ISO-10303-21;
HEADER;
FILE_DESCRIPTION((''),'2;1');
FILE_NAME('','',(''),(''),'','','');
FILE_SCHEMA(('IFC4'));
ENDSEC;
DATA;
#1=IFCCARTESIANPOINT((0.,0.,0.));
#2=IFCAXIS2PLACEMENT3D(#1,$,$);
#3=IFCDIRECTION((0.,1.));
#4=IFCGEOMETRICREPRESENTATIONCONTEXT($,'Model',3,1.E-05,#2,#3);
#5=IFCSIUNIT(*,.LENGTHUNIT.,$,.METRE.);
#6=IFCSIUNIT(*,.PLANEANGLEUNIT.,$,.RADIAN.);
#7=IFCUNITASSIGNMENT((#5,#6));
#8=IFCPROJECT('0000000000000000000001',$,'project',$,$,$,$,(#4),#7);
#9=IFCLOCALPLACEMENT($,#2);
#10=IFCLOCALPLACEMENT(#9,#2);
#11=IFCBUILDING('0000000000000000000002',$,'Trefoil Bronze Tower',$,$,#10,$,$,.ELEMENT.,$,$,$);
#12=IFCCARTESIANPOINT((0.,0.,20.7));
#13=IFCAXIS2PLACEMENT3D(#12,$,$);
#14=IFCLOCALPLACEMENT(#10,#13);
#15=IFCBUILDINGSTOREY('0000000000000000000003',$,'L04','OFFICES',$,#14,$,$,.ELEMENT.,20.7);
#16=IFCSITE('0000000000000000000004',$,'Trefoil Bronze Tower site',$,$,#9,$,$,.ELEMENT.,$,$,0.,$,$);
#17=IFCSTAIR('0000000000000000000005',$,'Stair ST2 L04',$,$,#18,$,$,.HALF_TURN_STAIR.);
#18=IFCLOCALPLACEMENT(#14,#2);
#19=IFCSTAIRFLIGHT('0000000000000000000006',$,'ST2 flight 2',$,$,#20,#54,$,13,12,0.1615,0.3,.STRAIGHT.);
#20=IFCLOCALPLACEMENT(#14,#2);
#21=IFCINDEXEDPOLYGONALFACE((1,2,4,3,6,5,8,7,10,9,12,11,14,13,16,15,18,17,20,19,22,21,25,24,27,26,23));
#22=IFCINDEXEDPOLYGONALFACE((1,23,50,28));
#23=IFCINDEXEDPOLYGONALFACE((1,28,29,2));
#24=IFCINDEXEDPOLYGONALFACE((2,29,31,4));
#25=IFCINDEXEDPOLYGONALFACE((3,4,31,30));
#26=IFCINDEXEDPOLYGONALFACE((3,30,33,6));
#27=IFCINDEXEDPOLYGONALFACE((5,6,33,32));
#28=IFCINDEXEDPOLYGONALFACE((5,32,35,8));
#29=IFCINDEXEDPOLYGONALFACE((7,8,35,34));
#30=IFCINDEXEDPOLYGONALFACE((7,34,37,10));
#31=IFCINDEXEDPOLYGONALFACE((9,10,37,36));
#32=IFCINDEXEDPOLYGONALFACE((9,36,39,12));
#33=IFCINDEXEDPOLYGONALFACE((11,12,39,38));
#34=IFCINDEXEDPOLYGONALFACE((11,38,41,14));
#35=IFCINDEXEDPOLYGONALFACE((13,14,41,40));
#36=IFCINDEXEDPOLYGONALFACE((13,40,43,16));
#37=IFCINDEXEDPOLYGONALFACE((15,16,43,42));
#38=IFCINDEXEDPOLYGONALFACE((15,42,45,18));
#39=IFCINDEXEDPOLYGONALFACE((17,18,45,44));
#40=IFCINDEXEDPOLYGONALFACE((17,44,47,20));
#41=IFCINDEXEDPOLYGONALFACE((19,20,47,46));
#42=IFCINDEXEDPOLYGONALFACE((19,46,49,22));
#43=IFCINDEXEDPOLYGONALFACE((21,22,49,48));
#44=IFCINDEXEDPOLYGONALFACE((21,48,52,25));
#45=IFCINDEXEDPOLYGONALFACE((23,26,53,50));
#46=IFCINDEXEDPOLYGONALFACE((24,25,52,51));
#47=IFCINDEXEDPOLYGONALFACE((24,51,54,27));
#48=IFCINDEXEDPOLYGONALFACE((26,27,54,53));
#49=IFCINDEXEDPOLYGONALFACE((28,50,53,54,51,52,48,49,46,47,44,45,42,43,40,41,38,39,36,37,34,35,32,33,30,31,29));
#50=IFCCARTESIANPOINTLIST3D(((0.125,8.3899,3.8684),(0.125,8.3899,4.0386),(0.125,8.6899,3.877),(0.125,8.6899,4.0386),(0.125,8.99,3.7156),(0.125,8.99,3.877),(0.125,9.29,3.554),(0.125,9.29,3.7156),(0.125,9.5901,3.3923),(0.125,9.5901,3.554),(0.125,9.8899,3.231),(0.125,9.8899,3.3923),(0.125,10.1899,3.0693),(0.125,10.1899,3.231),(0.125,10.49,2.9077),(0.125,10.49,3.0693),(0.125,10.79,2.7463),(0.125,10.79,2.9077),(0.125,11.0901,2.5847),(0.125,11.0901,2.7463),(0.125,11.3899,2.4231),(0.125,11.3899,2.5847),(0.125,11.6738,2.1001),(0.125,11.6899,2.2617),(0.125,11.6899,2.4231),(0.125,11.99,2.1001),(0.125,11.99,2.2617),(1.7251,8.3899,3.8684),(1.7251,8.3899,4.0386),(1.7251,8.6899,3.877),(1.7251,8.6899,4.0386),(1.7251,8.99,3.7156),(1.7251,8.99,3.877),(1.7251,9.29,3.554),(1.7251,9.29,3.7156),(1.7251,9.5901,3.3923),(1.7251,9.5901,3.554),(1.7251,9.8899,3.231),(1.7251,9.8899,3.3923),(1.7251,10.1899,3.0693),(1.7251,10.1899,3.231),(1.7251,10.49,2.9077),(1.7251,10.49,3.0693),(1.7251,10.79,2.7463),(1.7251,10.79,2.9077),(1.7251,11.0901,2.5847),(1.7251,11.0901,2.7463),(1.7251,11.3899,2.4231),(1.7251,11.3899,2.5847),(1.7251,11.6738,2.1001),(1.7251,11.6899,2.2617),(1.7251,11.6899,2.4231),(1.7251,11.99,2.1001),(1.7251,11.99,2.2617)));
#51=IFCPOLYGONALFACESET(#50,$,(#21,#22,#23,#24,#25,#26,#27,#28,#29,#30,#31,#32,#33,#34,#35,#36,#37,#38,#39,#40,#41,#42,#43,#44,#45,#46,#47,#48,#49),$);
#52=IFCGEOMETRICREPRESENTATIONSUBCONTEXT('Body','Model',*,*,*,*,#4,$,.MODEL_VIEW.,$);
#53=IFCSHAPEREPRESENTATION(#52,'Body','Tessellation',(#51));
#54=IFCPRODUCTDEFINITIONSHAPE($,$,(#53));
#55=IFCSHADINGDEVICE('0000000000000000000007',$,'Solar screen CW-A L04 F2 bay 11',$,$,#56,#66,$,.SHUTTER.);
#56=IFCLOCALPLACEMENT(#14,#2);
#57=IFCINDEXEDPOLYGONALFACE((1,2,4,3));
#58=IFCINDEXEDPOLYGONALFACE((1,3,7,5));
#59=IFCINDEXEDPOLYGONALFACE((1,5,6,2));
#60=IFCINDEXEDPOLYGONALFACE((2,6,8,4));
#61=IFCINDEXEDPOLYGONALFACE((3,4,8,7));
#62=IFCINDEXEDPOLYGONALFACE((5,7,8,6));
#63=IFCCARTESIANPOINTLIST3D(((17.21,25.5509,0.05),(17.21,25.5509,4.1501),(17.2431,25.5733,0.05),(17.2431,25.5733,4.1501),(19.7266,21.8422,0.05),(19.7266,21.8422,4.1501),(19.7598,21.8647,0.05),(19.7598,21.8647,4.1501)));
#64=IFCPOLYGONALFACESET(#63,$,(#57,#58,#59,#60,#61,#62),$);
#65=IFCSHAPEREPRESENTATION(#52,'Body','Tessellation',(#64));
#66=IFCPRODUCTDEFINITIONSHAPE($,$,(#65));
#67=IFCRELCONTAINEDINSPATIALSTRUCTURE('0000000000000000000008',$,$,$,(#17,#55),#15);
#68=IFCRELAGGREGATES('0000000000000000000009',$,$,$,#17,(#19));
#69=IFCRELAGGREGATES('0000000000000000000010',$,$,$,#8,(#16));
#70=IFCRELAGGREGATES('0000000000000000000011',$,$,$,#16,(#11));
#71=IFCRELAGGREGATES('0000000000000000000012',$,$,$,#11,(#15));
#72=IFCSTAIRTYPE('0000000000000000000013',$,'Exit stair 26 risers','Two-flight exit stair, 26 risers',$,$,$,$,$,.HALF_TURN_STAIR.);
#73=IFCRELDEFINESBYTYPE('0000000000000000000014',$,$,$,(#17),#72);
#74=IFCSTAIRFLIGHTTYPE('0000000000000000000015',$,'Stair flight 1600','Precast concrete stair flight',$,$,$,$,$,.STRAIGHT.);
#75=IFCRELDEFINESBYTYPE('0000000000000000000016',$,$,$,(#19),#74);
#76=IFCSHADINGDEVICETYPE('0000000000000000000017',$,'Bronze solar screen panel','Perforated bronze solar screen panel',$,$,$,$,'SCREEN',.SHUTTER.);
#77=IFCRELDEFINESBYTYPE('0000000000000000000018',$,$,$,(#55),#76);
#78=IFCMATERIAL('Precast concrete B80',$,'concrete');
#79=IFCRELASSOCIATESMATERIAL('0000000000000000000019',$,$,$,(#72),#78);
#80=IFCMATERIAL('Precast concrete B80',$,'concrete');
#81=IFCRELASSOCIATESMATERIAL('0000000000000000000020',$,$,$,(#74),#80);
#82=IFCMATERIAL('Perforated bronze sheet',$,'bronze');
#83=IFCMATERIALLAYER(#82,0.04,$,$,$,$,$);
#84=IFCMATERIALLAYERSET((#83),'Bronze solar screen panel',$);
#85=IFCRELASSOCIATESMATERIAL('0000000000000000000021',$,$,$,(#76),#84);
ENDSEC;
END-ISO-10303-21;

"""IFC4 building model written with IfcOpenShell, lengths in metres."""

from ifc_helpers import new_model, si_unit, direction, frame, origin, origin_2d, place, context, subcontext, project, spatial, polyline, rectangle, outline, extrude, material, layer, layer_set, type_object, element, aggregate, save


model = new_model("IFC4")

# Units and contexts
model_context = context("Model", 3, precision=1e-05, world=origin(), true_north=direction((0.0, 1.0)))
body_context = subcontext(model_context, "Body", "Model", "MODEL_VIEW")
ifc_project = project(units=[si_unit("LENGTHUNIT", "METRE"), si_unit("PLANEANGLEUNIT", "RADIAN")], contexts=[model_context])

# Site, building, storey
site_placement = place(None, origin())
site = spatial("IfcSite", under=ifc_project, at=site_placement, Name="Trefoil Bronze Tower site", CompositionType="ELEMENT", RefElevation=0.0)
building_placement = place(site_placement, origin())
building = spatial("IfcBuilding", under=site, at=building_placement, Name="Trefoil Bronze Tower", CompositionType="ELEMENT")
storey_placement = place(building_placement, frame((0.0, 0.0, 20.7)))
storey = spatial("IfcBuildingStorey", under=building, at=storey_placement, Name="L04", Description="OFFICES", CompositionType="ELEMENT", Elevation=20.7)

# Stair, stair flight
ifc_material_1 = material(Name="Precast concrete B80", Category="concrete")
stair_type = type_object("IfcStairType", Name="Exit stair 26 risers", Description="Two-flight exit stair, 26 risers", PredefinedType="HALF_TURN_STAIR", material=ifc_material_1)
stair_placement = place(storey_placement, origin())
stair = element("IfcStair", 1, at=stair_placement, inside=storey, type_object=stair_type, Name="Stair ST2 L04", PredefinedType="HALF_TURN_STAIR")
ifc_material_2 = material(Name="Precast concrete B80", Category="concrete")
stair_flight_type = type_object("IfcStairFlightType", Name="Stair flight 1600", Description="Precast concrete stair flight", PredefinedType="STRAIGHT", material=ifc_material_2)
stair_flight_placement = place(storey_placement, frame((0.925, 11.99, 2.1001), z_axis=(0.0, 0.0, 1.0), x_axis=(0.0, -1.0, 0.0)))
stair_flight = element("IfcStairFlight", 2, at=stair_flight_placement, type_object=stair_flight_type, Name="ST2 flight 2", NumberOfRisers=13, NumberOfTreads=12, PredefinedType="STRAIGHT", RiserHeight=0.1615, TreadLength=0.3, context=body_context, shape_type="SweptSolid", body=[
    extrude(outline(polyline([(0.0, 0.0), (0.0, 0.1616), (0.3, 0.1616), (0.3, 0.323), (0.6001, 0.323), (0.6001, 0.4846), (0.8999, 0.4846), (0.8999, 0.6462), (1.2, 0.6462), (1.2, 0.8076), (1.5, 0.8076), (1.5, 0.9692), (1.8, 0.9692), (1.8, 1.1309), (2.1001, 1.1309), (2.1001, 1.2922), (2.3999, 1.2922), (2.3999, 1.4539), (2.7, 1.4539), (2.7, 1.6155), (3.0, 1.6155), (3.0, 1.7769), (3.3, 1.7769), (3.3, 1.9385), (3.6001, 1.9385), (3.6001, 2.1001), (3.6001, 1.7683), (0.3162, 0.0), (0.0, 0.0)])), frame((0.0, 0.8, 0.0), z_axis=(0.0, -1.0, 0.0), x_axis=(1.0, 0.0, 0.0)), (0.0, 0.0, 1.0), 1.6001),
])
aggregate(stair, [stair_flight])

# Shading device
ifc_material_3 = material(Name="Perforated bronze sheet", Category="bronze")
ifc_layer_1 = layer(ifc_material_3, 0.04)
ifc_layer_set_1 = layer_set([ifc_layer_1], Name="Bronze solar screen panel")
shading_device_type = type_object("IfcShadingDeviceType", Name="Bronze solar screen panel", Description="Perforated bronze solar screen panel", ElementType="SCREEN", PredefinedType="SHUTTER", material=ifc_layer_set_1)
shading_device_placement = place(storey_placement, frame((18.4849, 23.7078, 0.05), z_axis=(0.0, 0.0, 1.0), x_axis=(-0.56151, 0.82747, 0.0)))
element("IfcShadingDevice", 3, at=shading_device_placement, inside=storey, type_object=shading_device_type, Name="Solar screen CW-A L04 F2 bay 11", PredefinedType="SHUTTER", context=body_context, shape_type="SweptSolid", body=[
    extrude(rectangle(XDim=4.4819, YDim=0.04, at=origin_2d()), origin(), (0.0, 0.0, 1.0), 4.1001),
])

save(model, "model.ifc")
